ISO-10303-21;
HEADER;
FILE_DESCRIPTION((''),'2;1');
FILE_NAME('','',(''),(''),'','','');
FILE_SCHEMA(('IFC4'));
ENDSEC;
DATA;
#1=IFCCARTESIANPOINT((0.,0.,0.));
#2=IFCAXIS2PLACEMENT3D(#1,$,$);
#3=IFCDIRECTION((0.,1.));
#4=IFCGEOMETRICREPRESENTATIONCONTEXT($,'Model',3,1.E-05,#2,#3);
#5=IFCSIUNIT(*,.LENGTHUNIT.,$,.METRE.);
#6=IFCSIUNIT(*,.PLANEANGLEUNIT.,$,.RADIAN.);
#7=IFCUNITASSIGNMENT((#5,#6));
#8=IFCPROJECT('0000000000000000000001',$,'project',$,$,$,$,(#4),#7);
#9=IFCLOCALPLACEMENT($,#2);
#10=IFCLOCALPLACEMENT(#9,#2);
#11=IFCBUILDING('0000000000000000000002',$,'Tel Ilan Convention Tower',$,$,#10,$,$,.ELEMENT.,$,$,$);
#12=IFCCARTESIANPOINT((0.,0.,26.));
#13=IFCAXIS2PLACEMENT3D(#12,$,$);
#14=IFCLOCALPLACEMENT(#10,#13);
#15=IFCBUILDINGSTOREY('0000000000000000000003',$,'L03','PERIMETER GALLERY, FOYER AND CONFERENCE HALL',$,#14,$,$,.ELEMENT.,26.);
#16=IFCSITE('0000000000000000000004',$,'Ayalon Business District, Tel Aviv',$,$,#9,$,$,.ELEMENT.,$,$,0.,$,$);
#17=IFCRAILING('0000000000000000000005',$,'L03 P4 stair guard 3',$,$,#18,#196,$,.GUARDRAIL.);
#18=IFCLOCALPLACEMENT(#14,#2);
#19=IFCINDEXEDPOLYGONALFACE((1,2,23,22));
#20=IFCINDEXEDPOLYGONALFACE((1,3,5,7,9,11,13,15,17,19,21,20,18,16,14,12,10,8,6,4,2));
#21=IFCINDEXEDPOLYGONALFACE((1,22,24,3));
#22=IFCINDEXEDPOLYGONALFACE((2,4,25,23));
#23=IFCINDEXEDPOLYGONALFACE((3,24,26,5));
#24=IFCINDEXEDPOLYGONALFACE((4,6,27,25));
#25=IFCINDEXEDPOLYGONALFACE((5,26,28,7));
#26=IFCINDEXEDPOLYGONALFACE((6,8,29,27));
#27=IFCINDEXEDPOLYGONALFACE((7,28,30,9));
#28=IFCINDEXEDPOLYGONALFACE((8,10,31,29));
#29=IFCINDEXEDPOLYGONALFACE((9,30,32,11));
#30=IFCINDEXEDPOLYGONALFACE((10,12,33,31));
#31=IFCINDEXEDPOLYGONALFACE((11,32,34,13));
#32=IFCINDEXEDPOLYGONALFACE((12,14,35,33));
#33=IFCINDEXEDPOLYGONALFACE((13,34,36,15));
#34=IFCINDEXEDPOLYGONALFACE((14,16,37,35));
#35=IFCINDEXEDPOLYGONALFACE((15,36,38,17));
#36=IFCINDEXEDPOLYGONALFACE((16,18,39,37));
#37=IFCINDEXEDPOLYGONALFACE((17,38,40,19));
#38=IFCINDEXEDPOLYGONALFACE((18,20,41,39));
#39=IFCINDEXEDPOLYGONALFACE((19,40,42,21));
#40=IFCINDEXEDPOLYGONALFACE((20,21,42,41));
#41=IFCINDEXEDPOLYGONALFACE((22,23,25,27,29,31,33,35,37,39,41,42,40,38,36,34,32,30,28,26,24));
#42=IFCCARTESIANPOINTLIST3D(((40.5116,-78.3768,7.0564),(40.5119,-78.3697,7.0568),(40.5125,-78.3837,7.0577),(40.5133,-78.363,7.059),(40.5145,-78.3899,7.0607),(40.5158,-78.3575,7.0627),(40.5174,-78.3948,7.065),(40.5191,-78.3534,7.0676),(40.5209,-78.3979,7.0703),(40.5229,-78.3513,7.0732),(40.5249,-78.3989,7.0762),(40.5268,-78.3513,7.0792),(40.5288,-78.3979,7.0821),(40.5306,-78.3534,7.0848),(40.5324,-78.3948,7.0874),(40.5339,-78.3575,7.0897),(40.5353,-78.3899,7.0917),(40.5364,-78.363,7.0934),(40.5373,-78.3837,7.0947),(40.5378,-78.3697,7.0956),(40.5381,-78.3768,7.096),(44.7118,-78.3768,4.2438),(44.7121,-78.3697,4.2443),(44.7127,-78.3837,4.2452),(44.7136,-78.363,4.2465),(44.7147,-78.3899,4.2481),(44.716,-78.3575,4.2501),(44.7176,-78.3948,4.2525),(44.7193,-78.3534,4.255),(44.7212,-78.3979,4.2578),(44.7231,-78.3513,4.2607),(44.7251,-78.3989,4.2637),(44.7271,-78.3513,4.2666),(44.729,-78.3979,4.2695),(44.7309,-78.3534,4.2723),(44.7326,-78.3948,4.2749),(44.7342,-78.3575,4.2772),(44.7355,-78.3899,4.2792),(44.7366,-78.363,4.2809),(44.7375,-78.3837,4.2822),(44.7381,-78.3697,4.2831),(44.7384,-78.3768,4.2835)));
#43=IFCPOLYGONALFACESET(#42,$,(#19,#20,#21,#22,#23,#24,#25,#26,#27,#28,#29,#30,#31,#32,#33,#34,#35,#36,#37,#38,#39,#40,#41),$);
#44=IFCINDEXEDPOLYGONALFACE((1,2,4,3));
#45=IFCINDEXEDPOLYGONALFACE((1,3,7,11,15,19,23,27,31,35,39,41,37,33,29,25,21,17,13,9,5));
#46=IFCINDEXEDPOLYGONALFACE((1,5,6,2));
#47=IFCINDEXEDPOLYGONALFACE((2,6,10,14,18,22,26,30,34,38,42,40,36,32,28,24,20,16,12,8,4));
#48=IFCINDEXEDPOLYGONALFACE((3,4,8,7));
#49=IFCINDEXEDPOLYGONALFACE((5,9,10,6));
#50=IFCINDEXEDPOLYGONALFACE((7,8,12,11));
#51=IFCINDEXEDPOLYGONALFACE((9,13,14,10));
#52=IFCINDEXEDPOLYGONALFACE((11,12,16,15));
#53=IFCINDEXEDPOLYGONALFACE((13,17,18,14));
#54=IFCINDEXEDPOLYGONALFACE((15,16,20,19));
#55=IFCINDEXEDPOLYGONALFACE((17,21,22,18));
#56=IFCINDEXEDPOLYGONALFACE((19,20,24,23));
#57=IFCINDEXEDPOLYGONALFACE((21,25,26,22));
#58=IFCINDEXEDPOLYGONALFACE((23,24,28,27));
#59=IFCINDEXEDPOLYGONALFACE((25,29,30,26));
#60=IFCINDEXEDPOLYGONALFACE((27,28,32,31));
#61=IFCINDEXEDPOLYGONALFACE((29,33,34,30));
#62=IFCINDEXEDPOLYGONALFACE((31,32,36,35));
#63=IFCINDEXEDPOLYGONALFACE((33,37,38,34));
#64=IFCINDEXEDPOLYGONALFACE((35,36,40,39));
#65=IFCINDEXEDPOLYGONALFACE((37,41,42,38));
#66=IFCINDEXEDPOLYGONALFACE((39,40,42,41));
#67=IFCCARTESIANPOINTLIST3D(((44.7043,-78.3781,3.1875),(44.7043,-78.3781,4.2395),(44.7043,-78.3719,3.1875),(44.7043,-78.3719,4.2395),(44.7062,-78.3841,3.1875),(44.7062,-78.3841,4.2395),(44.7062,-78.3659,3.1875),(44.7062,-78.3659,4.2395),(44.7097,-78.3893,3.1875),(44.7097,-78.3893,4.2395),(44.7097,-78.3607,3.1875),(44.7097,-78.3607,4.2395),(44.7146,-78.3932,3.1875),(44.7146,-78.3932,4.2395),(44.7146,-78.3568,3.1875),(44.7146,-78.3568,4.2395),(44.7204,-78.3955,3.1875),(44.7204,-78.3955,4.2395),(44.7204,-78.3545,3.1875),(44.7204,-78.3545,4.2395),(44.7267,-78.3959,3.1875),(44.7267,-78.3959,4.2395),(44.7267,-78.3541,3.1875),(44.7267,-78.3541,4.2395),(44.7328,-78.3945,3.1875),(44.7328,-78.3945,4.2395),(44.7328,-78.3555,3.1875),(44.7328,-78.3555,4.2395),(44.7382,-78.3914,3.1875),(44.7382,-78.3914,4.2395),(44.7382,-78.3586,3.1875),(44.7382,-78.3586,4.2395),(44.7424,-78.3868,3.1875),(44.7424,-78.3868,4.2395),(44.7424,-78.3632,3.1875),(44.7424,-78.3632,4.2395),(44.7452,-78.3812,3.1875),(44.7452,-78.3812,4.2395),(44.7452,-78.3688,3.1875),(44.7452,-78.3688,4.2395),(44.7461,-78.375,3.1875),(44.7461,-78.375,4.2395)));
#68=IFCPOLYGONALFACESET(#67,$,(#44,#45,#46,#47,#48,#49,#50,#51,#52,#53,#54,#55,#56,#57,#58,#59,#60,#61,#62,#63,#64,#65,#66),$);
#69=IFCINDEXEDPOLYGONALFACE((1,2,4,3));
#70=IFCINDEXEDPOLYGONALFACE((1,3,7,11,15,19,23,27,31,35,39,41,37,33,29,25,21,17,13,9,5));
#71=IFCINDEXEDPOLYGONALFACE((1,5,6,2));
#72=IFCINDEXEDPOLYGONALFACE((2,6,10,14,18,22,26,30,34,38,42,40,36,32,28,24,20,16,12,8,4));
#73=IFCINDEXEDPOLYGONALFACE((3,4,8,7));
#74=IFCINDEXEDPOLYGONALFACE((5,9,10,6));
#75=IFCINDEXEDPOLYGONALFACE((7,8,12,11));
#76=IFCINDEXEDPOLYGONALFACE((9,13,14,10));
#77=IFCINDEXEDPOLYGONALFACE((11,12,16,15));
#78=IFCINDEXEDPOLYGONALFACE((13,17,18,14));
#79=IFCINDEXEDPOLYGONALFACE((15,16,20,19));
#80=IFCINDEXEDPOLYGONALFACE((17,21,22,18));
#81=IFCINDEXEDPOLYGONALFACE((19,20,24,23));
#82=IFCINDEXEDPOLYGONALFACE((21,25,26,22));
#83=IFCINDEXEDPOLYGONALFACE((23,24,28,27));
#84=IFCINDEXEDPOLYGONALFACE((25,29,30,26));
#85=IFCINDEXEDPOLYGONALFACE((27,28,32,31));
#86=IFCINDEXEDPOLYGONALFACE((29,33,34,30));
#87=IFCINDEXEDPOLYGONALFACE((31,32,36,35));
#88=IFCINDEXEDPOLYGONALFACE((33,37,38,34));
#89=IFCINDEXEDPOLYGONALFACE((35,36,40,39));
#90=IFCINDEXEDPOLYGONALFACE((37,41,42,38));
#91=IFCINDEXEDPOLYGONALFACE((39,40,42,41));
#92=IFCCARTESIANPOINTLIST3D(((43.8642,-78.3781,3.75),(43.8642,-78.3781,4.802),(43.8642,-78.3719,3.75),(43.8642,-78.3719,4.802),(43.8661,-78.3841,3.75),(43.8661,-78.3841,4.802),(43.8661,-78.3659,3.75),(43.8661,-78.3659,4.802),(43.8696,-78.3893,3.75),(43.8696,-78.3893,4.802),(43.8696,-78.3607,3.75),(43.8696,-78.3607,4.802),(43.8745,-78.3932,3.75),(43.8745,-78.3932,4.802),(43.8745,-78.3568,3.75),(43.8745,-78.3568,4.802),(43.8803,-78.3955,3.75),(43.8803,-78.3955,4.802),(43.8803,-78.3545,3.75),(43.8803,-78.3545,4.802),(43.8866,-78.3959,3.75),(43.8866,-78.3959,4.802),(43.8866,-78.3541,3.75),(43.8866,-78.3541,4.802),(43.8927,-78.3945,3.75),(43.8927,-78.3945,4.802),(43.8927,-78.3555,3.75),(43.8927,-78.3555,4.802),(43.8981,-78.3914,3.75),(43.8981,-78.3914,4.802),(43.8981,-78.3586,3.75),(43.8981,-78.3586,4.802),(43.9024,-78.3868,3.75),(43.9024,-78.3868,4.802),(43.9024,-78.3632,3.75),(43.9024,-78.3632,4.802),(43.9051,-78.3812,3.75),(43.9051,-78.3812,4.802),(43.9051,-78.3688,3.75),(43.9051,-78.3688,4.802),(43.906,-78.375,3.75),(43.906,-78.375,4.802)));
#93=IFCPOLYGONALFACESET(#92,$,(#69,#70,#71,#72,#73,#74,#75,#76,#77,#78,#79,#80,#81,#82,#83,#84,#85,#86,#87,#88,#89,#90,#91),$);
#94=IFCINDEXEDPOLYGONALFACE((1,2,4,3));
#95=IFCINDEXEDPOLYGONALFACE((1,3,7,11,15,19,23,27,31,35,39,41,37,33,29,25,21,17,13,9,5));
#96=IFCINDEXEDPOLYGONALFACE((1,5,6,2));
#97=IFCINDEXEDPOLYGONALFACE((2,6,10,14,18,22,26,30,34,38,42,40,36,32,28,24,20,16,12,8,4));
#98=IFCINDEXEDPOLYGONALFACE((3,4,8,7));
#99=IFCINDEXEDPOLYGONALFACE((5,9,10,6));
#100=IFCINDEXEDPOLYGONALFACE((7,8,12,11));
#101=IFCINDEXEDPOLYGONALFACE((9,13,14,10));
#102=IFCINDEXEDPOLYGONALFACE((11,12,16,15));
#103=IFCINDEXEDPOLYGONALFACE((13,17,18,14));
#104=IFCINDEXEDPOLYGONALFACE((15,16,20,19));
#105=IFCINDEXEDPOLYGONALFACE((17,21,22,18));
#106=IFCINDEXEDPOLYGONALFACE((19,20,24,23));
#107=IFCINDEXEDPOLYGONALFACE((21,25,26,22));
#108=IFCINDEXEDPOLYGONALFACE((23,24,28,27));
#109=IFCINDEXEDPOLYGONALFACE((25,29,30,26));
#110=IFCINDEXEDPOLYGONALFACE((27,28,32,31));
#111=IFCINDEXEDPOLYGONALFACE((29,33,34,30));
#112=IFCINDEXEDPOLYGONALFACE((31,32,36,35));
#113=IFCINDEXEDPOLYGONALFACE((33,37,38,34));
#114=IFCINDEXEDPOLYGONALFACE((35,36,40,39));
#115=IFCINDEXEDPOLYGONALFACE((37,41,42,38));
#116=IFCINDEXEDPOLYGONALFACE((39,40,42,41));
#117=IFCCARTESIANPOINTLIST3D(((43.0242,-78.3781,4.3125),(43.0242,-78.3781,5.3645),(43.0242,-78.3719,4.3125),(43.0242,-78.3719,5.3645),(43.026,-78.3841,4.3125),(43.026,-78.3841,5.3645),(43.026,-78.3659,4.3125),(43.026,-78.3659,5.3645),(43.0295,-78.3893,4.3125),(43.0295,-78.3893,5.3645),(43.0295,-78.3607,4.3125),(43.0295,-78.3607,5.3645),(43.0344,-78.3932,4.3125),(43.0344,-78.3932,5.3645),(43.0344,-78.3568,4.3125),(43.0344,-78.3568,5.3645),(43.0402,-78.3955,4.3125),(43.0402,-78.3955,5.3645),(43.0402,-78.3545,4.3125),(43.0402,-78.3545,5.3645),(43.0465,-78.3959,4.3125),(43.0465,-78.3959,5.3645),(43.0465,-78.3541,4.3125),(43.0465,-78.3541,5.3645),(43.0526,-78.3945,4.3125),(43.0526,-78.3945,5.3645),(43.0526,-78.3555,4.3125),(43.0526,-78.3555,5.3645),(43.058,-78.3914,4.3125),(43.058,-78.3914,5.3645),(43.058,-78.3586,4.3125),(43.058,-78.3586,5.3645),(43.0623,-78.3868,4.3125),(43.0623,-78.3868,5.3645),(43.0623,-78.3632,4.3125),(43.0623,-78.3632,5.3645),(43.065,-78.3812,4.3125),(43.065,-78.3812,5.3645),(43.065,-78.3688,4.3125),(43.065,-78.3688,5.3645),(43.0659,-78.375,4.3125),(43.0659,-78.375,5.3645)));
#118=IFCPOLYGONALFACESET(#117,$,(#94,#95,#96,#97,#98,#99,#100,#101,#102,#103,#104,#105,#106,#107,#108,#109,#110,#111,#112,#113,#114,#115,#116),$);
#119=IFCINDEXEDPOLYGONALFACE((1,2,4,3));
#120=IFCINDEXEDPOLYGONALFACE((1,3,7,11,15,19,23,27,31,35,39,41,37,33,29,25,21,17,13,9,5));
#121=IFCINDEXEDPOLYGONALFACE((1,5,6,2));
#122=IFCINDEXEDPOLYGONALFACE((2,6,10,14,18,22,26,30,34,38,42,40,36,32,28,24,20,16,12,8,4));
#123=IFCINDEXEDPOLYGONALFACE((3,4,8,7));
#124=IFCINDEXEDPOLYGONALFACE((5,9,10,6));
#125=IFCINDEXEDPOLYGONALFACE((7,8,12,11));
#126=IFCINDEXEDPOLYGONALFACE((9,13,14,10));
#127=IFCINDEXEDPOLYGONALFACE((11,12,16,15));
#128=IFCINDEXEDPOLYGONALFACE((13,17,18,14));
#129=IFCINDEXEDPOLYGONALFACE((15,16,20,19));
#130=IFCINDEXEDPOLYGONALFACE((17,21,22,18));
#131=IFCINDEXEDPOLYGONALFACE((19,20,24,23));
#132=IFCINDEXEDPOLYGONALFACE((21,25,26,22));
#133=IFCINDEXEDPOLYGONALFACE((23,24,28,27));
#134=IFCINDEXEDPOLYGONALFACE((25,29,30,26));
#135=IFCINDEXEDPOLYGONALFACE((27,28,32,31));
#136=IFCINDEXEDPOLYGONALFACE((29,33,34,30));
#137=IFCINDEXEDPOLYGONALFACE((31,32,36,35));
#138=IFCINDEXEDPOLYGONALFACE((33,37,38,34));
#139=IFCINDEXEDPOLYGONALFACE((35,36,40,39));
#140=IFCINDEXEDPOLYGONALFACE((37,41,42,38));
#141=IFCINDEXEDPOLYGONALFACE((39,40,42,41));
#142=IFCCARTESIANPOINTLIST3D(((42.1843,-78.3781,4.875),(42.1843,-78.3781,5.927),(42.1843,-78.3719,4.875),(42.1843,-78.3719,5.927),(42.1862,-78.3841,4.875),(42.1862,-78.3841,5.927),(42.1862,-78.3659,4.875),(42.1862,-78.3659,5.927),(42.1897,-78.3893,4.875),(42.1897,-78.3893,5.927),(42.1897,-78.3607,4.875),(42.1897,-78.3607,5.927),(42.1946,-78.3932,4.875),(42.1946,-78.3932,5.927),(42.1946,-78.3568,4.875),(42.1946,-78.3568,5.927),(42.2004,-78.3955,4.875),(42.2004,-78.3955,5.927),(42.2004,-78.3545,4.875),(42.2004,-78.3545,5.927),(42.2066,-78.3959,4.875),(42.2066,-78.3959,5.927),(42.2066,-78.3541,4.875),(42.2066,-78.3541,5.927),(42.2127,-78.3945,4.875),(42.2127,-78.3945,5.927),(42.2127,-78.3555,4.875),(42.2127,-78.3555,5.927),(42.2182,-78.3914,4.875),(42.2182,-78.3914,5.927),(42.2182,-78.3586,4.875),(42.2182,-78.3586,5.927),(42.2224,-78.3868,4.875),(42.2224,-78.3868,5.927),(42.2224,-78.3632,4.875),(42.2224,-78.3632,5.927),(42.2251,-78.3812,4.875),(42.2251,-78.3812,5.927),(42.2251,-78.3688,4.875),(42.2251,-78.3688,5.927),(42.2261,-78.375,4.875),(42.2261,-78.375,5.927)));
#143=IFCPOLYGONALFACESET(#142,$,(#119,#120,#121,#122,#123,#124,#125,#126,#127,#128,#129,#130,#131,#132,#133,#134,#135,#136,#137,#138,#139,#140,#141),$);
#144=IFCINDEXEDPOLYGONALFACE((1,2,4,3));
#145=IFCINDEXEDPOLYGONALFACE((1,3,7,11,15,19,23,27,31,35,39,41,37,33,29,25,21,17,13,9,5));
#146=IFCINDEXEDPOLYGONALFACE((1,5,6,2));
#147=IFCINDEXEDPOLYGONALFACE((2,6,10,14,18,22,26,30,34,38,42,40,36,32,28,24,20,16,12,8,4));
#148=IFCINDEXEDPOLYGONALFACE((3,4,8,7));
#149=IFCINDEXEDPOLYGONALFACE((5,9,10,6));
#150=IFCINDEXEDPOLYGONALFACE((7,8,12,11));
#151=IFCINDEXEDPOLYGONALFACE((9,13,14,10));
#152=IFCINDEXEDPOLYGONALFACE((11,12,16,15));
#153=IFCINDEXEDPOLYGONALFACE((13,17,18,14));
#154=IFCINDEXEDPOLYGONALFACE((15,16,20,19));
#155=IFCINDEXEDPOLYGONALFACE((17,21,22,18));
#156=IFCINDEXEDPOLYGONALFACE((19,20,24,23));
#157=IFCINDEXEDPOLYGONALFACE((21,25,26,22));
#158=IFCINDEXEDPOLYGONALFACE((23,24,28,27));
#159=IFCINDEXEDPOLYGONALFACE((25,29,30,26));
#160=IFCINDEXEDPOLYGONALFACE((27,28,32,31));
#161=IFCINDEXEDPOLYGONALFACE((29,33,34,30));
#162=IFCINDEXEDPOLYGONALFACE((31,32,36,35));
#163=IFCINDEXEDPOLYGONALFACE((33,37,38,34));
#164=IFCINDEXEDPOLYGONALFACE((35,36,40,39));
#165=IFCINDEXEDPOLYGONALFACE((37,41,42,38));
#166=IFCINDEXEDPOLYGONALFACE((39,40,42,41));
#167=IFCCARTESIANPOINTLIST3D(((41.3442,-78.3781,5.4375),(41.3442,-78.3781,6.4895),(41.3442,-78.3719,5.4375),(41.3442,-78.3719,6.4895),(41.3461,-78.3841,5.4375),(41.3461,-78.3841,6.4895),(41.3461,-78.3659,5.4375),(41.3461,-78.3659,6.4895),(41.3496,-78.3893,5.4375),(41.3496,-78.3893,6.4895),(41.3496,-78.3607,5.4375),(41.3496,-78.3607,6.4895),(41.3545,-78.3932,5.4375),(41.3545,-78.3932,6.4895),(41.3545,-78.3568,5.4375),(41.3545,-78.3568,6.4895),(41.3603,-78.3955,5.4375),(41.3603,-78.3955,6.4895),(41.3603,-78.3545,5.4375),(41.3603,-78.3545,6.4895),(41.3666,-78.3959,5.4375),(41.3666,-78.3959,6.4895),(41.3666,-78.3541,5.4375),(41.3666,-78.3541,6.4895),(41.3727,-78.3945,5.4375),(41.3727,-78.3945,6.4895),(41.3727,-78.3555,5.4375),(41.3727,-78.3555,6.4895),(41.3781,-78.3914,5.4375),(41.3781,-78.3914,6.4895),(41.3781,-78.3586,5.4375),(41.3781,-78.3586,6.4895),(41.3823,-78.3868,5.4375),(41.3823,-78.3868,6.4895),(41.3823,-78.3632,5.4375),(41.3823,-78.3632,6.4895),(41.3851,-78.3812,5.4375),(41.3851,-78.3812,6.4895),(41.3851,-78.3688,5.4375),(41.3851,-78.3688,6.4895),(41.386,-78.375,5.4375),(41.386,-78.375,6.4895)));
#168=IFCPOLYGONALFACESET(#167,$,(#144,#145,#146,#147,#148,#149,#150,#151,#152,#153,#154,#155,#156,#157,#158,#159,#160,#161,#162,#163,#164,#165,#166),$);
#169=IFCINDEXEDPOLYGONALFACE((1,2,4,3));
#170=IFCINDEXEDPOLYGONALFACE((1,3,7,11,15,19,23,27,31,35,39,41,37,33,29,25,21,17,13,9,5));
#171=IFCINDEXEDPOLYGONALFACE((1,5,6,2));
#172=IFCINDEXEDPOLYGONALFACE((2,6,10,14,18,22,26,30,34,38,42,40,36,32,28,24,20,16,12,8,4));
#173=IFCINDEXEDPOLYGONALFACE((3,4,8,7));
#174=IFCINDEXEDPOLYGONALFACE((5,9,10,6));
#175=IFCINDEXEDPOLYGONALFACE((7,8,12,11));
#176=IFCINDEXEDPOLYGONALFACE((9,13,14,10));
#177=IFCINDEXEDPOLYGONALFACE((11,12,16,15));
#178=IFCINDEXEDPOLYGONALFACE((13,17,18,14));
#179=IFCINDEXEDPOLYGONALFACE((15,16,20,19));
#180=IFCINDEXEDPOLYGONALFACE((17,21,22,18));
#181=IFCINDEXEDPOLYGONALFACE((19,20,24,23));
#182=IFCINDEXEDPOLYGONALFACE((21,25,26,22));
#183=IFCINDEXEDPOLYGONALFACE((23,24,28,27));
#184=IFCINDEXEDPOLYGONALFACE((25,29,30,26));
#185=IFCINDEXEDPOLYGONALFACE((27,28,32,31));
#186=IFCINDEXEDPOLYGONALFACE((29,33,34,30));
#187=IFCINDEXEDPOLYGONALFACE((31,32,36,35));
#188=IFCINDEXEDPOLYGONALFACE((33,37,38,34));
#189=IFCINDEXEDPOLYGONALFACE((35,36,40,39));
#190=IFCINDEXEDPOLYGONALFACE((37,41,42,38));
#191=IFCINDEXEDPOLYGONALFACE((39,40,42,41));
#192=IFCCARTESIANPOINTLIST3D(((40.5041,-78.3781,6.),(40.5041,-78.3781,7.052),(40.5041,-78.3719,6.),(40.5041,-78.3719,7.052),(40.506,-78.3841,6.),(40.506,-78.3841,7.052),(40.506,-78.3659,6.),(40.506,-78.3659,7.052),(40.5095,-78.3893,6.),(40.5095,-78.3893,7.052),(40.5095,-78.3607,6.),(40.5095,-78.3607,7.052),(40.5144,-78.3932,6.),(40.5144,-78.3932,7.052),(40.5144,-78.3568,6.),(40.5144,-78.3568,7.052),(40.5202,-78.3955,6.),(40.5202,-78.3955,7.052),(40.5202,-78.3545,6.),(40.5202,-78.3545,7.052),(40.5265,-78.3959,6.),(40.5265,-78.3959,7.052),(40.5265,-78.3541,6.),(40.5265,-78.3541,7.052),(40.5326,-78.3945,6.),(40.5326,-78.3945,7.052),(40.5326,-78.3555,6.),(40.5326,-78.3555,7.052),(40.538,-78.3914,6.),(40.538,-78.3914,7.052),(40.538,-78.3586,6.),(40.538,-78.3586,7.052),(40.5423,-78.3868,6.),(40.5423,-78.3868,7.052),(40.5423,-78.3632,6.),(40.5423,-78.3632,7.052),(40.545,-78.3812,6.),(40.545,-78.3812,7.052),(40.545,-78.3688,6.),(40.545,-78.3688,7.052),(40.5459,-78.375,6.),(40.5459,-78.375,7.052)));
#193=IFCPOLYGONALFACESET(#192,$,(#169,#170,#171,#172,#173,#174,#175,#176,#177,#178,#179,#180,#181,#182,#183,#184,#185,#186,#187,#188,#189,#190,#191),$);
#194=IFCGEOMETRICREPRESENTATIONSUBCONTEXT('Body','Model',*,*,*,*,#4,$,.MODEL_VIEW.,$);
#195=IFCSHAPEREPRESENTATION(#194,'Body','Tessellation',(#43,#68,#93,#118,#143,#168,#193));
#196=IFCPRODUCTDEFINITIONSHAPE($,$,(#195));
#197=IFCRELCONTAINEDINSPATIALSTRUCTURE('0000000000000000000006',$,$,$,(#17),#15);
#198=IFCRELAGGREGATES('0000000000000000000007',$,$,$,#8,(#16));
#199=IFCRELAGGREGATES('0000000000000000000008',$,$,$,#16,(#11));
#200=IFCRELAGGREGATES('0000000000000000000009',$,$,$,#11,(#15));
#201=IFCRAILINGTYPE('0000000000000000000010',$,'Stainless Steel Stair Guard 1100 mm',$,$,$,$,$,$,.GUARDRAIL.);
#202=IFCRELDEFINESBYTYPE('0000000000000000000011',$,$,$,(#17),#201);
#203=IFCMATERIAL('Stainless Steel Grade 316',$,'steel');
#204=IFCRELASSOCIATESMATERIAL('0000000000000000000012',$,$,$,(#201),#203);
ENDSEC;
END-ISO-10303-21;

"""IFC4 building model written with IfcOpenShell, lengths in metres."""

from ifc_helpers import new_model, si_unit, direction, frame, origin, origin_2d, place, context, subcontext, project, spatial, circle, extrude, material, type_object, element, save


model = new_model("IFC4")

# Units and contexts
model_context = context("Model", 3, precision=1e-05, world=origin(), true_north=direction((0.0, 1.0)))
body_context = subcontext(model_context, "Body", "Model", "MODEL_VIEW")
ifc_project = project(units=[si_unit("LENGTHUNIT", "METRE"), si_unit("PLANEANGLEUNIT", "RADIAN")], contexts=[model_context])

# Site, building, storey
site_placement = place(None, origin())
site = spatial("IfcSite", under=ifc_project, at=site_placement, Name="Ayalon Business District, Tel Aviv", CompositionType="ELEMENT", RefElevation=0.0)
building_placement = place(site_placement, origin())
building = spatial("IfcBuilding", under=site, at=building_placement, Name="Tel Ilan Convention Tower", CompositionType="ELEMENT")
storey_placement = place(building_placement, frame((0.0, 0.0, 26.0)))
storey = spatial("IfcBuildingStorey", under=building, at=storey_placement, Name="L03", Description="PERIMETER GALLERY, FOYER AND CONFERENCE HALL", CompositionType="ELEMENT", Elevation=26.0)

# Railing
ifc_material_1 = material(Name="Stainless Steel Grade 316", Category="steel")
railing_type_1 = type_object("IfcRailingType", Name="Stainless Steel Stair Guard 1100 mm", PredefinedType="GUARDRAIL", material=ifc_material_1)
railing_1_placement = place(storey_placement, frame((44.7251, -78.375, 3.1875)))
element("IfcRailing", 1, at=railing_1_placement, inside=storey, type_object=railing_type_1, Name="L03 P4 stair guard 3", PredefinedType="GUARDRAIL", context=body_context, shape_type="SweptSolid", body=[
    extrude(circle(Radius=0.0239, at=origin_2d()), frame((0.0, 0.0, 1.0762), z_axis=(-0.830919, 0.0, 0.556393), x_axis=(0.0, -1.0, 0.0)), (0.0, 0.0, 1.0), 5.0549),
    extrude(circle(Radius=0.021, at=origin_2d()), origin(), (0.0, 0.0, 1.0), 1.052),
    extrude(circle(Radius=0.021, at=origin_2d()), frame((-0.8401, 0.0, 0.5625)), (0.0, 0.0, 1.0), 1.052),
    extrude(circle(Radius=0.021, at=origin_2d()), frame((-1.6802, 0.0, 1.125)), (0.0, 0.0, 1.0), 1.052),
    extrude(circle(Radius=0.021, at=origin_2d()), frame((-2.52, 0.0, 1.6875)), (0.0, 0.0, 1.0), 1.052),
    extrude(circle(Radius=0.021, at=origin_2d()), frame((-3.3601, 0.0, 2.25)), (0.0, 0.0, 1.0), 1.052),
    extrude(circle(Radius=0.021, at=origin_2d()), frame((-4.2002, 0.0, 2.8125)), (0.0, 0.0, 1.0), 1.052),
])

save(model, "model.ifc")
